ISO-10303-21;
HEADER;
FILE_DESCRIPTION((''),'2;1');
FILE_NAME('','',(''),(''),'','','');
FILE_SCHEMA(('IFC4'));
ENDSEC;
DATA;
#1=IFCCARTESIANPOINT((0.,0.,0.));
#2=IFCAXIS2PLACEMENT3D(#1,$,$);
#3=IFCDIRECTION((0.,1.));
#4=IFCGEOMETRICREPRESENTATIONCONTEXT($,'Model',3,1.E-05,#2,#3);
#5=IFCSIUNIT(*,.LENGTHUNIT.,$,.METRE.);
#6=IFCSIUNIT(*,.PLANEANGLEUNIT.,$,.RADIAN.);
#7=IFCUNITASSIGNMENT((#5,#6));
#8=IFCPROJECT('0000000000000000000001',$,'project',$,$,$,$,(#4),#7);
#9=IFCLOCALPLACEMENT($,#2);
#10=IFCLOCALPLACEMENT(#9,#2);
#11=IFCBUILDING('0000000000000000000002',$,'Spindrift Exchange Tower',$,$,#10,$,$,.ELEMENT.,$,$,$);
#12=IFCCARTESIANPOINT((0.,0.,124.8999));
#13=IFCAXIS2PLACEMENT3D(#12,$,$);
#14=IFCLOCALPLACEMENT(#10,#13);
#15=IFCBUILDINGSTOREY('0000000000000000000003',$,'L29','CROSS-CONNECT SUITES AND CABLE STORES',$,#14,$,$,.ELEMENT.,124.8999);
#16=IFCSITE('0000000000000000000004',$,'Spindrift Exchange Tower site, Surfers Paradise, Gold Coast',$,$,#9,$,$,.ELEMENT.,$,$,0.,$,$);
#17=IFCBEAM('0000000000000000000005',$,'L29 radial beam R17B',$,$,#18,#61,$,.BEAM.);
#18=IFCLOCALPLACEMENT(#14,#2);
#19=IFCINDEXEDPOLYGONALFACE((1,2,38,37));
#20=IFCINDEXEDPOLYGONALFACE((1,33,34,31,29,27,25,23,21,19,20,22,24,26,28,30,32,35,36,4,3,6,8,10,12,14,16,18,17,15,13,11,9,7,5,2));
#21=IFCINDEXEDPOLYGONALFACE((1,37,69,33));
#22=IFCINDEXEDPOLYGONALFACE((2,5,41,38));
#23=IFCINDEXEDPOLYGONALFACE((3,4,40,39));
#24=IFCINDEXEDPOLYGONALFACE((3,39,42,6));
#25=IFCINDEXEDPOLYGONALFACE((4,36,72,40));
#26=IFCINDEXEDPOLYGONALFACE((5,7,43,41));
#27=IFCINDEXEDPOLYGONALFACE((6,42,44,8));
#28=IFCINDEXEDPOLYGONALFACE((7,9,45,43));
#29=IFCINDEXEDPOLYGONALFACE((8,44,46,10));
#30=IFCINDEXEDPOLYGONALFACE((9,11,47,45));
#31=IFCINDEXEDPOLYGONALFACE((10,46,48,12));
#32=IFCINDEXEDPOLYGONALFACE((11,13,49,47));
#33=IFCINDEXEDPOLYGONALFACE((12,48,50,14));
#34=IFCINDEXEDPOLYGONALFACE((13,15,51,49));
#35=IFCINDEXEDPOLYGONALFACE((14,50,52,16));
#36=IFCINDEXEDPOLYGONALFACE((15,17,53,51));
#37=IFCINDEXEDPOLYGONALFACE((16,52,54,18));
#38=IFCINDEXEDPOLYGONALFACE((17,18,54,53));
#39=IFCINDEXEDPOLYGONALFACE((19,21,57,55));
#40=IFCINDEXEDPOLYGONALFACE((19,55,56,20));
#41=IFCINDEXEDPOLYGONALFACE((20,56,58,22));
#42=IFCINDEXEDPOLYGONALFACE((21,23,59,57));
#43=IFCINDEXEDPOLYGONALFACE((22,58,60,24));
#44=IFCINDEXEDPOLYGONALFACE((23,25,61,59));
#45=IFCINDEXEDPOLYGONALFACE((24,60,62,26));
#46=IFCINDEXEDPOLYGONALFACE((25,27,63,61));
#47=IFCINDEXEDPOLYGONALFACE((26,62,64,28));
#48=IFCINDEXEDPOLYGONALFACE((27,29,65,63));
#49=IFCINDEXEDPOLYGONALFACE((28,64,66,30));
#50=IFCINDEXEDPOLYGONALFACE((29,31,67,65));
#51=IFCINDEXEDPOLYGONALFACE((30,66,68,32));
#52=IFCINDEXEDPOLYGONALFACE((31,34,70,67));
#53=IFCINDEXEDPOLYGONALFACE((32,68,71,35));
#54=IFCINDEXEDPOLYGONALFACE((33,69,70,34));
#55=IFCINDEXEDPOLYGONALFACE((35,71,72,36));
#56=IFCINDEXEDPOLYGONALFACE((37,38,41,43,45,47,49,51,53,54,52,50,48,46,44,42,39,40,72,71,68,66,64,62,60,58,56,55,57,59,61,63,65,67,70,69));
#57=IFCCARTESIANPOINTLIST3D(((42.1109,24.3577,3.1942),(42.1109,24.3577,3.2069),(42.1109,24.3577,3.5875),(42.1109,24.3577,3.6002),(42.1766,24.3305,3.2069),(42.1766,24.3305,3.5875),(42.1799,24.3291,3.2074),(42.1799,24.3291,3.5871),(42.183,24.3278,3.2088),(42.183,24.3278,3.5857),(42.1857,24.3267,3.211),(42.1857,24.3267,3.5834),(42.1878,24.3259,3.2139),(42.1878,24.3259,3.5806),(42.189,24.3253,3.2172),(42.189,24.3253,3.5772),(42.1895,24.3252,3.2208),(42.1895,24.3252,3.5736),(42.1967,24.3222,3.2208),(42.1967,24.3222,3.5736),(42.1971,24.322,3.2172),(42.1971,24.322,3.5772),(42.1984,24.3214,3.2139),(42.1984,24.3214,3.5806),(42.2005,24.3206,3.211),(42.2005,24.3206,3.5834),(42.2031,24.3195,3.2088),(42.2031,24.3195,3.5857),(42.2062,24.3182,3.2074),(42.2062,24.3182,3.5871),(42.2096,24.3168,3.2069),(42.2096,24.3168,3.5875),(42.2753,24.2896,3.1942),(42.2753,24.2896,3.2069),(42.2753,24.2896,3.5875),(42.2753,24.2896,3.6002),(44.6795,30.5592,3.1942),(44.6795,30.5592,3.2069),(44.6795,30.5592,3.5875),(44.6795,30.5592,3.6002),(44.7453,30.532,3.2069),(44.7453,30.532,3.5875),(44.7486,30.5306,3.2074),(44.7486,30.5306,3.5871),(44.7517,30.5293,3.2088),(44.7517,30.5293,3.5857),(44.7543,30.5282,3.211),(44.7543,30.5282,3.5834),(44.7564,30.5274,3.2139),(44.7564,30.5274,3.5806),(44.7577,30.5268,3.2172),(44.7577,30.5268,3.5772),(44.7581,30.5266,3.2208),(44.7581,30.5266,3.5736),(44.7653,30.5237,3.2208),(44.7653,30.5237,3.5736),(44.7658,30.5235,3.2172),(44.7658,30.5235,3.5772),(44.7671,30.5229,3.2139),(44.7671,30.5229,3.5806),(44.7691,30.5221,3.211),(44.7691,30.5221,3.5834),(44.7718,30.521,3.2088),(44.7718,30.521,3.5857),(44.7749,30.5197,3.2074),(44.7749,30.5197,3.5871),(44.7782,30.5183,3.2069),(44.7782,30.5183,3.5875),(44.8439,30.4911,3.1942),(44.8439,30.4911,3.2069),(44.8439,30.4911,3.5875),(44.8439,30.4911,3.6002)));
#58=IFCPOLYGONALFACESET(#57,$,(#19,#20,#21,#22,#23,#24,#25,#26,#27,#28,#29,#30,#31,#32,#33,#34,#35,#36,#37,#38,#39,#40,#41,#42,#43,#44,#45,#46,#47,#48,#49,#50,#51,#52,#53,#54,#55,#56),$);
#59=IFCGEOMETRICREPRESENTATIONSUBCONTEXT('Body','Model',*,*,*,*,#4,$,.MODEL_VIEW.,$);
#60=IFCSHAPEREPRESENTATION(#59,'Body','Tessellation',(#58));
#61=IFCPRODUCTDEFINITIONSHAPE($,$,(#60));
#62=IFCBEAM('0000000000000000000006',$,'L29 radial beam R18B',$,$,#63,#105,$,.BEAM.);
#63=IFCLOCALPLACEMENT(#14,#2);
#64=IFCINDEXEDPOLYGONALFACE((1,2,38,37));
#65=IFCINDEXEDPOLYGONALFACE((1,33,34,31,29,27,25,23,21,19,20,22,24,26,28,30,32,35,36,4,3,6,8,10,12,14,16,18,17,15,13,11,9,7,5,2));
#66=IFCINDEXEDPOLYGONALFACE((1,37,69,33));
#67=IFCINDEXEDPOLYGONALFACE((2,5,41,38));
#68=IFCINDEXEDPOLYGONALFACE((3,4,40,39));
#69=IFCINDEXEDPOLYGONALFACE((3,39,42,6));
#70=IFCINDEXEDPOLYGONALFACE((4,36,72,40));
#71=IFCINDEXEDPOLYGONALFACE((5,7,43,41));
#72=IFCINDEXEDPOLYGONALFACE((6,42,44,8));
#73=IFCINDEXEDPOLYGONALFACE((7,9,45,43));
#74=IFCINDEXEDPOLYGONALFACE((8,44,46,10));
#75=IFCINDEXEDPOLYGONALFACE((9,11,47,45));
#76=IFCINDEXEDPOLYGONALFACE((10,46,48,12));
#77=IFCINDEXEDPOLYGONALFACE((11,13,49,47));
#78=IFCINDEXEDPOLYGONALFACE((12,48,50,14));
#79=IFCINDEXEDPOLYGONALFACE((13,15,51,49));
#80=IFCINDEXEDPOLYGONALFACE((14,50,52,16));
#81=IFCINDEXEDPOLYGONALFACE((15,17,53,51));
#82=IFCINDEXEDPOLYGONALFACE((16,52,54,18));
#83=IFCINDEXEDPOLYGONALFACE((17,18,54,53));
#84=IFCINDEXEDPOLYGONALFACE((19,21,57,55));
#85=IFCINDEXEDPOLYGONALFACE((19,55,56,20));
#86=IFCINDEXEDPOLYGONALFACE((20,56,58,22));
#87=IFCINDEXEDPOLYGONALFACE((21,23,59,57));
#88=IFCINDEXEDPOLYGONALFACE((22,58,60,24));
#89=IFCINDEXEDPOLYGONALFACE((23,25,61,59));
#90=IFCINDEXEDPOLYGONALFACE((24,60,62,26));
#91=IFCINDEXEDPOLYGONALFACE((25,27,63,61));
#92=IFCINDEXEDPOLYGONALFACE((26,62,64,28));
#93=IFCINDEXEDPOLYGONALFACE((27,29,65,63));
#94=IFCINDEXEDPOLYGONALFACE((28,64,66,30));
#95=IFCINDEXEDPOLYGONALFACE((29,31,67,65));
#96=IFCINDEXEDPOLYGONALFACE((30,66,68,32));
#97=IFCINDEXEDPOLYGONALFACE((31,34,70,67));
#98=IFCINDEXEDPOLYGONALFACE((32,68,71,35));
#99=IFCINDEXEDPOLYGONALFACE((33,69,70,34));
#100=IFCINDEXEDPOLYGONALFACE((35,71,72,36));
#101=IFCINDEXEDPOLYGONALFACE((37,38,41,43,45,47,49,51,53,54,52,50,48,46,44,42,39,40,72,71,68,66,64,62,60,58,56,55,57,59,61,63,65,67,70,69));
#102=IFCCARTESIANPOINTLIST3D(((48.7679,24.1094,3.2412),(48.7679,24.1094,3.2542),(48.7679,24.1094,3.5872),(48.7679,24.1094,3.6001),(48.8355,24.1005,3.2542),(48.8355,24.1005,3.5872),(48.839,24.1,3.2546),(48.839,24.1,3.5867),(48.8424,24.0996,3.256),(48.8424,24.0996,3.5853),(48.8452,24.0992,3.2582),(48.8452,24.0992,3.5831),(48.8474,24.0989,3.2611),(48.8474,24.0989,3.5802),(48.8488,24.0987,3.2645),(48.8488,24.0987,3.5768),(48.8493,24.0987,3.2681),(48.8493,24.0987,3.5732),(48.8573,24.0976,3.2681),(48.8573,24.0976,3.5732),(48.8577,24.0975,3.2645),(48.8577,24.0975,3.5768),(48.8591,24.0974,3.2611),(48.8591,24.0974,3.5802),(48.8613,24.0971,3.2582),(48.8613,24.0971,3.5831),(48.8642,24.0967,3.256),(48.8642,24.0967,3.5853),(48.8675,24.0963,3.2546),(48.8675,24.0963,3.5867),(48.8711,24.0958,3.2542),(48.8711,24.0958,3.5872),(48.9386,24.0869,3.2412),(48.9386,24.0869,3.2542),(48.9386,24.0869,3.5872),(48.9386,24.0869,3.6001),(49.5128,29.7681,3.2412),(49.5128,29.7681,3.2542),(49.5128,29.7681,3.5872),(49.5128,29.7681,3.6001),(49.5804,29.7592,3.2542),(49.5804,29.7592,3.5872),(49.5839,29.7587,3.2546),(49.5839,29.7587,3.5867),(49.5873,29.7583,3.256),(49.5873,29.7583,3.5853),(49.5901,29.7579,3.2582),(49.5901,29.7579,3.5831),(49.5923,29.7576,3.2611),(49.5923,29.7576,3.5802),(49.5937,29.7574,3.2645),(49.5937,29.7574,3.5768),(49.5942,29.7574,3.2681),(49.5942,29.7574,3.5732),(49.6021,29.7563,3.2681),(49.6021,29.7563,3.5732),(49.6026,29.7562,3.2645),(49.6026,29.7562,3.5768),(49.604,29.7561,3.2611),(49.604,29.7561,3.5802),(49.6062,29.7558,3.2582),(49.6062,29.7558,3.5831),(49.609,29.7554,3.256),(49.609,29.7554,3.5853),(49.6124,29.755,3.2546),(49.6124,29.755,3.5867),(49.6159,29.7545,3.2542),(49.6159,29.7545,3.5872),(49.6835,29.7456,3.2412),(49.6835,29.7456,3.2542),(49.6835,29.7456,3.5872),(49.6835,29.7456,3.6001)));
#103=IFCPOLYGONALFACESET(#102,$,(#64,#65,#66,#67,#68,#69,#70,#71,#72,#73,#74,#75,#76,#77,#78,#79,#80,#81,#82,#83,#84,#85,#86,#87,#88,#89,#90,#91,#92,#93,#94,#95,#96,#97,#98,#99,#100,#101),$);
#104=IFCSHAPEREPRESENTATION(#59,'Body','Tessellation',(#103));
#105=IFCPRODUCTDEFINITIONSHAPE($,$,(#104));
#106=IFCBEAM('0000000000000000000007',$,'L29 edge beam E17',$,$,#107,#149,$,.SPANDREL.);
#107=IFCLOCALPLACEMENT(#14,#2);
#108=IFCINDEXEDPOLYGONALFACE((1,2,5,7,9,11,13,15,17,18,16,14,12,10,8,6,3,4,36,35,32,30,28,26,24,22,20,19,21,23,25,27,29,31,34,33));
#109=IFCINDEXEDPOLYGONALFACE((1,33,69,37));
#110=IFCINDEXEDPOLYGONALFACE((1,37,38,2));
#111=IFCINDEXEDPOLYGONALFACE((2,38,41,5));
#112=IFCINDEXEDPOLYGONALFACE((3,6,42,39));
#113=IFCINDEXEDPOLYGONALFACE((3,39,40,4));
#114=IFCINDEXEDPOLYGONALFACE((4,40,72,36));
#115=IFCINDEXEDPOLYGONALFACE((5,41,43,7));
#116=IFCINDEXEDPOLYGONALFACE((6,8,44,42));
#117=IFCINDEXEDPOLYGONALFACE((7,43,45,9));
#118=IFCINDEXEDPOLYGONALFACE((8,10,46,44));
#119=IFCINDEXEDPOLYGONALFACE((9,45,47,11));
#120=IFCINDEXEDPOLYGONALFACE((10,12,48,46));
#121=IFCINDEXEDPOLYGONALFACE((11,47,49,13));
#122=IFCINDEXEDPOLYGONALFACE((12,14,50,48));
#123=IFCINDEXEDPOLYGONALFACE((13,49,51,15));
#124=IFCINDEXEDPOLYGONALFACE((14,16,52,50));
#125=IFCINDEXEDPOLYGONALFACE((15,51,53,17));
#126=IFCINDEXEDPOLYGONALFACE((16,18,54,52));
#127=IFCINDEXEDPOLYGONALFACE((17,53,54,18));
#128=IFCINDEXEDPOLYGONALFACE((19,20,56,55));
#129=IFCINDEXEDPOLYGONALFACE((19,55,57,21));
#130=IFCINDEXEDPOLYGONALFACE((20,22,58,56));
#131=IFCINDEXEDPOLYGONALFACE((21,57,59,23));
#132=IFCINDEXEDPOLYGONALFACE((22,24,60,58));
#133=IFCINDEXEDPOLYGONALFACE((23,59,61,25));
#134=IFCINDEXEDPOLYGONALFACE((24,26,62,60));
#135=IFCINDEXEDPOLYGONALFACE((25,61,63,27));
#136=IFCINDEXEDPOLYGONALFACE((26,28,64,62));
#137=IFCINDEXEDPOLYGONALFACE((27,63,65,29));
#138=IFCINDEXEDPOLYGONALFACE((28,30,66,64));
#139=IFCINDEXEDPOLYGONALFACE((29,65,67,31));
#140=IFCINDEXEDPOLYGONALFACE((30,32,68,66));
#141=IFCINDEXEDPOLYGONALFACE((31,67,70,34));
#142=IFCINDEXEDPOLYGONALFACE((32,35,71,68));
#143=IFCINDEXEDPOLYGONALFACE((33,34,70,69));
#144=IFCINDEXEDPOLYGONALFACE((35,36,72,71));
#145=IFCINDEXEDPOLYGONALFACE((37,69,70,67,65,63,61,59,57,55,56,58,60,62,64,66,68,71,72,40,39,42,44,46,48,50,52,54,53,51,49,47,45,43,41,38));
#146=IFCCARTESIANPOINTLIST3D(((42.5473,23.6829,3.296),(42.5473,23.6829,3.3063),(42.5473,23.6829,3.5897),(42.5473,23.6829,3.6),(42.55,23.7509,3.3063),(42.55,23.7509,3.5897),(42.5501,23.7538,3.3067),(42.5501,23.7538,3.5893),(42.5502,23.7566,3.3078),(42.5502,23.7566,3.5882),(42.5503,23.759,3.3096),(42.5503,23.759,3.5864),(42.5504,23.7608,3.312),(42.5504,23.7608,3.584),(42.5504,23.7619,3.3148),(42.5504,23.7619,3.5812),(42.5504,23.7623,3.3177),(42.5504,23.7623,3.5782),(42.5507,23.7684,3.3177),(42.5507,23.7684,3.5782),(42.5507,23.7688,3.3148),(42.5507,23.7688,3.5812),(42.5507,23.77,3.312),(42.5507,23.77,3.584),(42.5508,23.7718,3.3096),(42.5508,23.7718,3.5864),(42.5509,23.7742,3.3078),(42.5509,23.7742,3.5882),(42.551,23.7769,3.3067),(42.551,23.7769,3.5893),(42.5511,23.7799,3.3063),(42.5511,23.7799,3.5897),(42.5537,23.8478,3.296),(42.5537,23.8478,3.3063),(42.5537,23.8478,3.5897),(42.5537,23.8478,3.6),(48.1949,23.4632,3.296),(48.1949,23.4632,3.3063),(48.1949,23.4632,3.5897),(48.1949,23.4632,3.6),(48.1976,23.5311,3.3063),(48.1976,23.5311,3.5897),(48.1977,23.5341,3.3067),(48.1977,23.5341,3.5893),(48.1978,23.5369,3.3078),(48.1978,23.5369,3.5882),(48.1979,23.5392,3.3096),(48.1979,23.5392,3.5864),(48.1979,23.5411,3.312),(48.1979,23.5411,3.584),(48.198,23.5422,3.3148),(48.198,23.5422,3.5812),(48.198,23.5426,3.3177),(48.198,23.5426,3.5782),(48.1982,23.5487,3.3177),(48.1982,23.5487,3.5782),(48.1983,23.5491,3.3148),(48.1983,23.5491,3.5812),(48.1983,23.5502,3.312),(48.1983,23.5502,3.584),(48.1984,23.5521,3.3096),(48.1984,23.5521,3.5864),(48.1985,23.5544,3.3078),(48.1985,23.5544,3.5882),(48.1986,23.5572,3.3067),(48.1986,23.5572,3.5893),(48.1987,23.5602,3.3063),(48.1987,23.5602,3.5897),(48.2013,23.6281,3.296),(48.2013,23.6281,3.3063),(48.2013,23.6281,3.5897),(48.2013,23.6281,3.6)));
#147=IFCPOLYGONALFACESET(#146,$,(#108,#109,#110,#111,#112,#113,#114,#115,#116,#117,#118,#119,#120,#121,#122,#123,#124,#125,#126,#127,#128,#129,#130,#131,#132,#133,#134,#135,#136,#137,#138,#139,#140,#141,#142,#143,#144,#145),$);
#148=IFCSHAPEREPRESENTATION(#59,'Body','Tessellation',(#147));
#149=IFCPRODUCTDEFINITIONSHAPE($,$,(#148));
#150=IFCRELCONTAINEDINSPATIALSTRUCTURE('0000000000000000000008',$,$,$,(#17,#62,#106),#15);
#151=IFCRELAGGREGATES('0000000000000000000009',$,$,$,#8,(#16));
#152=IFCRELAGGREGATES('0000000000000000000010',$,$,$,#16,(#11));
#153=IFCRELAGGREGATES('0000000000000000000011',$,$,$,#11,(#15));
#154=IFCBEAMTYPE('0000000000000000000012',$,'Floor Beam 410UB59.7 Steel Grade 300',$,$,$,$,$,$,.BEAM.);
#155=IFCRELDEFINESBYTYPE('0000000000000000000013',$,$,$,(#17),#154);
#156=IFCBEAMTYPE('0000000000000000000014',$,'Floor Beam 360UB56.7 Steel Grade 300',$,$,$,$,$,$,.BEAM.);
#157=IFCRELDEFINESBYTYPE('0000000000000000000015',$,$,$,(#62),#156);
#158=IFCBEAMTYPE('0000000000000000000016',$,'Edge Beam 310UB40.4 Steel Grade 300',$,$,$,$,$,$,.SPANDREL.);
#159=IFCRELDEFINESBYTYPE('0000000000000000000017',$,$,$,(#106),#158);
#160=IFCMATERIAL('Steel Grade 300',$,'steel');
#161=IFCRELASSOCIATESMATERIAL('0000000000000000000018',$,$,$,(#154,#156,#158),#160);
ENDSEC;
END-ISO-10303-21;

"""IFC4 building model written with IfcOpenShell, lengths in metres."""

from ifc_helpers import new_model, si_unit, direction, frame, origin, origin_2d, place, context, subcontext, project, spatial, i_section, extrude, source, transform, mapped, material, material_profile, profile_set, type_object, element, save


model = new_model("IFC4")

# Units and contexts
model_context = context("Model", 3, precision=1e-05, world=origin(), true_north=direction((0.0, 1.0)))
body_context = subcontext(model_context, "Body", "Model", "MODEL_VIEW")
ifc_project = project(units=[si_unit("LENGTHUNIT", "METRE"), si_unit("PLANEANGLEUNIT", "RADIAN")], contexts=[model_context])

# Site, building, storey
site_placement = place(None, origin())
site = spatial("IfcSite", under=ifc_project, at=site_placement, Name="Spindrift Exchange Tower site, Surfers Paradise, Gold Coast", CompositionType="ELEMENT", RefElevation=0.0)
building_placement = place(site_placement, origin())
building = spatial("IfcBuilding", under=site, at=building_placement, Name="Spindrift Exchange Tower", CompositionType="ELEMENT")
storey_placement = place(building_placement, frame((0.0, 0.0, 124.8999)))
storey = spatial("IfcBuildingStorey", under=building, at=storey_placement, Name="L29", Description="CROSS-CONNECT SUITES AND CABLE STORES", CompositionType="ELEMENT", Elevation=124.8999)

# Beams
ifc_material_1 = material(Name="Steel Grade 300", Category="steel")
ifc_material_profile_1 = material_profile(ifc_material_1, i_section(OverallWidth=0.178, OverallDepth=0.406, WebThickness=0.0078, FlangeThickness=0.0127, FilletRadius=0.0139, at=origin_2d()), Name="410UB59.7")
ifc_profile_set_1 = profile_set([ifc_material_profile_1], Name="Steel Grade 300")
beam_type_1 = type_object("IfcBeamType", Name="Floor Beam 410UB59.7 Steel Grade 300", PredefinedType="BEAM", material=ifc_profile_set_1)
shared_shape_1 = source(origin(), body_context, "Body", "SweptSolid", [
    extrude(i_section(OverallWidth=0.178, OverallDepth=0.406, WebThickness=0.0078, FlangeThickness=0.0127, FilletRadius=0.0139, at=origin_2d()), origin(), (0.0, 0.0, 1.0), 6.7124),
])
beam_1_placement = place(storey_placement, frame((44.7617, 30.5251, 3.3972), z_axis=(-0.38267, -0.923885, 0.0), x_axis=(0.923885, -0.38267, 0.0)))
element("IfcBeam", 1, at=beam_1_placement, inside=storey, type_object=beam_type_1, Name="L29 radial beam R17B", PredefinedType="BEAM", context=body_context, shape_type="MappedRepresentation", body=[
    mapped(shared_shape_1, transform((0.0, 0.0, 0.0), scale=1.0)),
])
ifc_material_profile_2 = material_profile(ifc_material_1, i_section(OverallWidth=0.1721, OverallDepth=0.3589, WebThickness=0.0081, FlangeThickness=0.0129, FilletRadius=0.0139, at=origin_2d()), Name="360UB56.7")
ifc_profile_set_2 = profile_set([ifc_material_profile_2], Name="Steel Grade 300")
beam_type_2 = type_object("IfcBeamType", Name="Floor Beam 360UB56.7 Steel Grade 300", PredefinedType="BEAM", material=ifc_profile_set_2)
shared_shape_2 = source(origin(), body_context, "Body", "SweptSolid", [
    extrude(i_section(OverallWidth=0.1721, OverallDepth=0.3589, WebThickness=0.0081, FlangeThickness=0.0129, FilletRadius=0.0139, at=origin_2d()), origin(), (0.0, 0.0, 1.0), 5.7075),
])
beam_2_placement = place(storey_placement, frame((49.5981, 29.7568, 3.4207), z_axis=(-0.130508, -0.991447, 0.0), x_axis=(0.991447, -0.130508, 0.0)))
element("IfcBeam", 2, at=beam_2_placement, inside=storey, type_object=beam_type_2, Name="L29 radial beam R18B", PredefinedType="BEAM", context=body_context, shape_type="MappedRepresentation", body=[
    mapped(shared_shape_2, transform((0.0, 0.0, 0.0), scale=1.0)),
])
ifc_material_profile_3 = material_profile(ifc_material_1, i_section(OverallWidth=0.165, OverallDepth=0.304, WebThickness=0.0061, FlangeThickness=0.0103, FilletRadius=0.0115, at=origin_2d()), Name="310UB40.4")
ifc_profile_set_3 = profile_set([ifc_material_profile_3], Name="Steel Grade 300")
beam_type_3 = type_object("IfcBeamType", Name="Edge Beam 310UB40.4 Steel Grade 300", PredefinedType="SPANDREL", material=ifc_profile_set_3)
shared_shape_3 = source(origin(), body_context, "Body", "SweptSolid", [
    extrude(i_section(OverallWidth=0.165, OverallDepth=0.304, WebThickness=0.0061, FlangeThickness=0.0103, FilletRadius=0.0115, at=origin_2d()), origin(), (0.0, 0.0, 1.0), 5.6519),
])
beam_3_placement = place(storey_placement, frame((42.5505, 23.7654, 3.448), z_axis=(0.999244, -0.038878, 0.0), x_axis=(0.038878, 0.999244, 0.0)))
element("IfcBeam", 3, at=beam_3_placement, inside=storey, type_object=beam_type_3, Name="L29 edge beam E17", PredefinedType="SPANDREL", context=body_context, shape_type="MappedRepresentation", body=[
    mapped(shared_shape_3, transform((0.0, 0.0, 0.0), scale=1.0)),
])

save(model, "model.ifc")
